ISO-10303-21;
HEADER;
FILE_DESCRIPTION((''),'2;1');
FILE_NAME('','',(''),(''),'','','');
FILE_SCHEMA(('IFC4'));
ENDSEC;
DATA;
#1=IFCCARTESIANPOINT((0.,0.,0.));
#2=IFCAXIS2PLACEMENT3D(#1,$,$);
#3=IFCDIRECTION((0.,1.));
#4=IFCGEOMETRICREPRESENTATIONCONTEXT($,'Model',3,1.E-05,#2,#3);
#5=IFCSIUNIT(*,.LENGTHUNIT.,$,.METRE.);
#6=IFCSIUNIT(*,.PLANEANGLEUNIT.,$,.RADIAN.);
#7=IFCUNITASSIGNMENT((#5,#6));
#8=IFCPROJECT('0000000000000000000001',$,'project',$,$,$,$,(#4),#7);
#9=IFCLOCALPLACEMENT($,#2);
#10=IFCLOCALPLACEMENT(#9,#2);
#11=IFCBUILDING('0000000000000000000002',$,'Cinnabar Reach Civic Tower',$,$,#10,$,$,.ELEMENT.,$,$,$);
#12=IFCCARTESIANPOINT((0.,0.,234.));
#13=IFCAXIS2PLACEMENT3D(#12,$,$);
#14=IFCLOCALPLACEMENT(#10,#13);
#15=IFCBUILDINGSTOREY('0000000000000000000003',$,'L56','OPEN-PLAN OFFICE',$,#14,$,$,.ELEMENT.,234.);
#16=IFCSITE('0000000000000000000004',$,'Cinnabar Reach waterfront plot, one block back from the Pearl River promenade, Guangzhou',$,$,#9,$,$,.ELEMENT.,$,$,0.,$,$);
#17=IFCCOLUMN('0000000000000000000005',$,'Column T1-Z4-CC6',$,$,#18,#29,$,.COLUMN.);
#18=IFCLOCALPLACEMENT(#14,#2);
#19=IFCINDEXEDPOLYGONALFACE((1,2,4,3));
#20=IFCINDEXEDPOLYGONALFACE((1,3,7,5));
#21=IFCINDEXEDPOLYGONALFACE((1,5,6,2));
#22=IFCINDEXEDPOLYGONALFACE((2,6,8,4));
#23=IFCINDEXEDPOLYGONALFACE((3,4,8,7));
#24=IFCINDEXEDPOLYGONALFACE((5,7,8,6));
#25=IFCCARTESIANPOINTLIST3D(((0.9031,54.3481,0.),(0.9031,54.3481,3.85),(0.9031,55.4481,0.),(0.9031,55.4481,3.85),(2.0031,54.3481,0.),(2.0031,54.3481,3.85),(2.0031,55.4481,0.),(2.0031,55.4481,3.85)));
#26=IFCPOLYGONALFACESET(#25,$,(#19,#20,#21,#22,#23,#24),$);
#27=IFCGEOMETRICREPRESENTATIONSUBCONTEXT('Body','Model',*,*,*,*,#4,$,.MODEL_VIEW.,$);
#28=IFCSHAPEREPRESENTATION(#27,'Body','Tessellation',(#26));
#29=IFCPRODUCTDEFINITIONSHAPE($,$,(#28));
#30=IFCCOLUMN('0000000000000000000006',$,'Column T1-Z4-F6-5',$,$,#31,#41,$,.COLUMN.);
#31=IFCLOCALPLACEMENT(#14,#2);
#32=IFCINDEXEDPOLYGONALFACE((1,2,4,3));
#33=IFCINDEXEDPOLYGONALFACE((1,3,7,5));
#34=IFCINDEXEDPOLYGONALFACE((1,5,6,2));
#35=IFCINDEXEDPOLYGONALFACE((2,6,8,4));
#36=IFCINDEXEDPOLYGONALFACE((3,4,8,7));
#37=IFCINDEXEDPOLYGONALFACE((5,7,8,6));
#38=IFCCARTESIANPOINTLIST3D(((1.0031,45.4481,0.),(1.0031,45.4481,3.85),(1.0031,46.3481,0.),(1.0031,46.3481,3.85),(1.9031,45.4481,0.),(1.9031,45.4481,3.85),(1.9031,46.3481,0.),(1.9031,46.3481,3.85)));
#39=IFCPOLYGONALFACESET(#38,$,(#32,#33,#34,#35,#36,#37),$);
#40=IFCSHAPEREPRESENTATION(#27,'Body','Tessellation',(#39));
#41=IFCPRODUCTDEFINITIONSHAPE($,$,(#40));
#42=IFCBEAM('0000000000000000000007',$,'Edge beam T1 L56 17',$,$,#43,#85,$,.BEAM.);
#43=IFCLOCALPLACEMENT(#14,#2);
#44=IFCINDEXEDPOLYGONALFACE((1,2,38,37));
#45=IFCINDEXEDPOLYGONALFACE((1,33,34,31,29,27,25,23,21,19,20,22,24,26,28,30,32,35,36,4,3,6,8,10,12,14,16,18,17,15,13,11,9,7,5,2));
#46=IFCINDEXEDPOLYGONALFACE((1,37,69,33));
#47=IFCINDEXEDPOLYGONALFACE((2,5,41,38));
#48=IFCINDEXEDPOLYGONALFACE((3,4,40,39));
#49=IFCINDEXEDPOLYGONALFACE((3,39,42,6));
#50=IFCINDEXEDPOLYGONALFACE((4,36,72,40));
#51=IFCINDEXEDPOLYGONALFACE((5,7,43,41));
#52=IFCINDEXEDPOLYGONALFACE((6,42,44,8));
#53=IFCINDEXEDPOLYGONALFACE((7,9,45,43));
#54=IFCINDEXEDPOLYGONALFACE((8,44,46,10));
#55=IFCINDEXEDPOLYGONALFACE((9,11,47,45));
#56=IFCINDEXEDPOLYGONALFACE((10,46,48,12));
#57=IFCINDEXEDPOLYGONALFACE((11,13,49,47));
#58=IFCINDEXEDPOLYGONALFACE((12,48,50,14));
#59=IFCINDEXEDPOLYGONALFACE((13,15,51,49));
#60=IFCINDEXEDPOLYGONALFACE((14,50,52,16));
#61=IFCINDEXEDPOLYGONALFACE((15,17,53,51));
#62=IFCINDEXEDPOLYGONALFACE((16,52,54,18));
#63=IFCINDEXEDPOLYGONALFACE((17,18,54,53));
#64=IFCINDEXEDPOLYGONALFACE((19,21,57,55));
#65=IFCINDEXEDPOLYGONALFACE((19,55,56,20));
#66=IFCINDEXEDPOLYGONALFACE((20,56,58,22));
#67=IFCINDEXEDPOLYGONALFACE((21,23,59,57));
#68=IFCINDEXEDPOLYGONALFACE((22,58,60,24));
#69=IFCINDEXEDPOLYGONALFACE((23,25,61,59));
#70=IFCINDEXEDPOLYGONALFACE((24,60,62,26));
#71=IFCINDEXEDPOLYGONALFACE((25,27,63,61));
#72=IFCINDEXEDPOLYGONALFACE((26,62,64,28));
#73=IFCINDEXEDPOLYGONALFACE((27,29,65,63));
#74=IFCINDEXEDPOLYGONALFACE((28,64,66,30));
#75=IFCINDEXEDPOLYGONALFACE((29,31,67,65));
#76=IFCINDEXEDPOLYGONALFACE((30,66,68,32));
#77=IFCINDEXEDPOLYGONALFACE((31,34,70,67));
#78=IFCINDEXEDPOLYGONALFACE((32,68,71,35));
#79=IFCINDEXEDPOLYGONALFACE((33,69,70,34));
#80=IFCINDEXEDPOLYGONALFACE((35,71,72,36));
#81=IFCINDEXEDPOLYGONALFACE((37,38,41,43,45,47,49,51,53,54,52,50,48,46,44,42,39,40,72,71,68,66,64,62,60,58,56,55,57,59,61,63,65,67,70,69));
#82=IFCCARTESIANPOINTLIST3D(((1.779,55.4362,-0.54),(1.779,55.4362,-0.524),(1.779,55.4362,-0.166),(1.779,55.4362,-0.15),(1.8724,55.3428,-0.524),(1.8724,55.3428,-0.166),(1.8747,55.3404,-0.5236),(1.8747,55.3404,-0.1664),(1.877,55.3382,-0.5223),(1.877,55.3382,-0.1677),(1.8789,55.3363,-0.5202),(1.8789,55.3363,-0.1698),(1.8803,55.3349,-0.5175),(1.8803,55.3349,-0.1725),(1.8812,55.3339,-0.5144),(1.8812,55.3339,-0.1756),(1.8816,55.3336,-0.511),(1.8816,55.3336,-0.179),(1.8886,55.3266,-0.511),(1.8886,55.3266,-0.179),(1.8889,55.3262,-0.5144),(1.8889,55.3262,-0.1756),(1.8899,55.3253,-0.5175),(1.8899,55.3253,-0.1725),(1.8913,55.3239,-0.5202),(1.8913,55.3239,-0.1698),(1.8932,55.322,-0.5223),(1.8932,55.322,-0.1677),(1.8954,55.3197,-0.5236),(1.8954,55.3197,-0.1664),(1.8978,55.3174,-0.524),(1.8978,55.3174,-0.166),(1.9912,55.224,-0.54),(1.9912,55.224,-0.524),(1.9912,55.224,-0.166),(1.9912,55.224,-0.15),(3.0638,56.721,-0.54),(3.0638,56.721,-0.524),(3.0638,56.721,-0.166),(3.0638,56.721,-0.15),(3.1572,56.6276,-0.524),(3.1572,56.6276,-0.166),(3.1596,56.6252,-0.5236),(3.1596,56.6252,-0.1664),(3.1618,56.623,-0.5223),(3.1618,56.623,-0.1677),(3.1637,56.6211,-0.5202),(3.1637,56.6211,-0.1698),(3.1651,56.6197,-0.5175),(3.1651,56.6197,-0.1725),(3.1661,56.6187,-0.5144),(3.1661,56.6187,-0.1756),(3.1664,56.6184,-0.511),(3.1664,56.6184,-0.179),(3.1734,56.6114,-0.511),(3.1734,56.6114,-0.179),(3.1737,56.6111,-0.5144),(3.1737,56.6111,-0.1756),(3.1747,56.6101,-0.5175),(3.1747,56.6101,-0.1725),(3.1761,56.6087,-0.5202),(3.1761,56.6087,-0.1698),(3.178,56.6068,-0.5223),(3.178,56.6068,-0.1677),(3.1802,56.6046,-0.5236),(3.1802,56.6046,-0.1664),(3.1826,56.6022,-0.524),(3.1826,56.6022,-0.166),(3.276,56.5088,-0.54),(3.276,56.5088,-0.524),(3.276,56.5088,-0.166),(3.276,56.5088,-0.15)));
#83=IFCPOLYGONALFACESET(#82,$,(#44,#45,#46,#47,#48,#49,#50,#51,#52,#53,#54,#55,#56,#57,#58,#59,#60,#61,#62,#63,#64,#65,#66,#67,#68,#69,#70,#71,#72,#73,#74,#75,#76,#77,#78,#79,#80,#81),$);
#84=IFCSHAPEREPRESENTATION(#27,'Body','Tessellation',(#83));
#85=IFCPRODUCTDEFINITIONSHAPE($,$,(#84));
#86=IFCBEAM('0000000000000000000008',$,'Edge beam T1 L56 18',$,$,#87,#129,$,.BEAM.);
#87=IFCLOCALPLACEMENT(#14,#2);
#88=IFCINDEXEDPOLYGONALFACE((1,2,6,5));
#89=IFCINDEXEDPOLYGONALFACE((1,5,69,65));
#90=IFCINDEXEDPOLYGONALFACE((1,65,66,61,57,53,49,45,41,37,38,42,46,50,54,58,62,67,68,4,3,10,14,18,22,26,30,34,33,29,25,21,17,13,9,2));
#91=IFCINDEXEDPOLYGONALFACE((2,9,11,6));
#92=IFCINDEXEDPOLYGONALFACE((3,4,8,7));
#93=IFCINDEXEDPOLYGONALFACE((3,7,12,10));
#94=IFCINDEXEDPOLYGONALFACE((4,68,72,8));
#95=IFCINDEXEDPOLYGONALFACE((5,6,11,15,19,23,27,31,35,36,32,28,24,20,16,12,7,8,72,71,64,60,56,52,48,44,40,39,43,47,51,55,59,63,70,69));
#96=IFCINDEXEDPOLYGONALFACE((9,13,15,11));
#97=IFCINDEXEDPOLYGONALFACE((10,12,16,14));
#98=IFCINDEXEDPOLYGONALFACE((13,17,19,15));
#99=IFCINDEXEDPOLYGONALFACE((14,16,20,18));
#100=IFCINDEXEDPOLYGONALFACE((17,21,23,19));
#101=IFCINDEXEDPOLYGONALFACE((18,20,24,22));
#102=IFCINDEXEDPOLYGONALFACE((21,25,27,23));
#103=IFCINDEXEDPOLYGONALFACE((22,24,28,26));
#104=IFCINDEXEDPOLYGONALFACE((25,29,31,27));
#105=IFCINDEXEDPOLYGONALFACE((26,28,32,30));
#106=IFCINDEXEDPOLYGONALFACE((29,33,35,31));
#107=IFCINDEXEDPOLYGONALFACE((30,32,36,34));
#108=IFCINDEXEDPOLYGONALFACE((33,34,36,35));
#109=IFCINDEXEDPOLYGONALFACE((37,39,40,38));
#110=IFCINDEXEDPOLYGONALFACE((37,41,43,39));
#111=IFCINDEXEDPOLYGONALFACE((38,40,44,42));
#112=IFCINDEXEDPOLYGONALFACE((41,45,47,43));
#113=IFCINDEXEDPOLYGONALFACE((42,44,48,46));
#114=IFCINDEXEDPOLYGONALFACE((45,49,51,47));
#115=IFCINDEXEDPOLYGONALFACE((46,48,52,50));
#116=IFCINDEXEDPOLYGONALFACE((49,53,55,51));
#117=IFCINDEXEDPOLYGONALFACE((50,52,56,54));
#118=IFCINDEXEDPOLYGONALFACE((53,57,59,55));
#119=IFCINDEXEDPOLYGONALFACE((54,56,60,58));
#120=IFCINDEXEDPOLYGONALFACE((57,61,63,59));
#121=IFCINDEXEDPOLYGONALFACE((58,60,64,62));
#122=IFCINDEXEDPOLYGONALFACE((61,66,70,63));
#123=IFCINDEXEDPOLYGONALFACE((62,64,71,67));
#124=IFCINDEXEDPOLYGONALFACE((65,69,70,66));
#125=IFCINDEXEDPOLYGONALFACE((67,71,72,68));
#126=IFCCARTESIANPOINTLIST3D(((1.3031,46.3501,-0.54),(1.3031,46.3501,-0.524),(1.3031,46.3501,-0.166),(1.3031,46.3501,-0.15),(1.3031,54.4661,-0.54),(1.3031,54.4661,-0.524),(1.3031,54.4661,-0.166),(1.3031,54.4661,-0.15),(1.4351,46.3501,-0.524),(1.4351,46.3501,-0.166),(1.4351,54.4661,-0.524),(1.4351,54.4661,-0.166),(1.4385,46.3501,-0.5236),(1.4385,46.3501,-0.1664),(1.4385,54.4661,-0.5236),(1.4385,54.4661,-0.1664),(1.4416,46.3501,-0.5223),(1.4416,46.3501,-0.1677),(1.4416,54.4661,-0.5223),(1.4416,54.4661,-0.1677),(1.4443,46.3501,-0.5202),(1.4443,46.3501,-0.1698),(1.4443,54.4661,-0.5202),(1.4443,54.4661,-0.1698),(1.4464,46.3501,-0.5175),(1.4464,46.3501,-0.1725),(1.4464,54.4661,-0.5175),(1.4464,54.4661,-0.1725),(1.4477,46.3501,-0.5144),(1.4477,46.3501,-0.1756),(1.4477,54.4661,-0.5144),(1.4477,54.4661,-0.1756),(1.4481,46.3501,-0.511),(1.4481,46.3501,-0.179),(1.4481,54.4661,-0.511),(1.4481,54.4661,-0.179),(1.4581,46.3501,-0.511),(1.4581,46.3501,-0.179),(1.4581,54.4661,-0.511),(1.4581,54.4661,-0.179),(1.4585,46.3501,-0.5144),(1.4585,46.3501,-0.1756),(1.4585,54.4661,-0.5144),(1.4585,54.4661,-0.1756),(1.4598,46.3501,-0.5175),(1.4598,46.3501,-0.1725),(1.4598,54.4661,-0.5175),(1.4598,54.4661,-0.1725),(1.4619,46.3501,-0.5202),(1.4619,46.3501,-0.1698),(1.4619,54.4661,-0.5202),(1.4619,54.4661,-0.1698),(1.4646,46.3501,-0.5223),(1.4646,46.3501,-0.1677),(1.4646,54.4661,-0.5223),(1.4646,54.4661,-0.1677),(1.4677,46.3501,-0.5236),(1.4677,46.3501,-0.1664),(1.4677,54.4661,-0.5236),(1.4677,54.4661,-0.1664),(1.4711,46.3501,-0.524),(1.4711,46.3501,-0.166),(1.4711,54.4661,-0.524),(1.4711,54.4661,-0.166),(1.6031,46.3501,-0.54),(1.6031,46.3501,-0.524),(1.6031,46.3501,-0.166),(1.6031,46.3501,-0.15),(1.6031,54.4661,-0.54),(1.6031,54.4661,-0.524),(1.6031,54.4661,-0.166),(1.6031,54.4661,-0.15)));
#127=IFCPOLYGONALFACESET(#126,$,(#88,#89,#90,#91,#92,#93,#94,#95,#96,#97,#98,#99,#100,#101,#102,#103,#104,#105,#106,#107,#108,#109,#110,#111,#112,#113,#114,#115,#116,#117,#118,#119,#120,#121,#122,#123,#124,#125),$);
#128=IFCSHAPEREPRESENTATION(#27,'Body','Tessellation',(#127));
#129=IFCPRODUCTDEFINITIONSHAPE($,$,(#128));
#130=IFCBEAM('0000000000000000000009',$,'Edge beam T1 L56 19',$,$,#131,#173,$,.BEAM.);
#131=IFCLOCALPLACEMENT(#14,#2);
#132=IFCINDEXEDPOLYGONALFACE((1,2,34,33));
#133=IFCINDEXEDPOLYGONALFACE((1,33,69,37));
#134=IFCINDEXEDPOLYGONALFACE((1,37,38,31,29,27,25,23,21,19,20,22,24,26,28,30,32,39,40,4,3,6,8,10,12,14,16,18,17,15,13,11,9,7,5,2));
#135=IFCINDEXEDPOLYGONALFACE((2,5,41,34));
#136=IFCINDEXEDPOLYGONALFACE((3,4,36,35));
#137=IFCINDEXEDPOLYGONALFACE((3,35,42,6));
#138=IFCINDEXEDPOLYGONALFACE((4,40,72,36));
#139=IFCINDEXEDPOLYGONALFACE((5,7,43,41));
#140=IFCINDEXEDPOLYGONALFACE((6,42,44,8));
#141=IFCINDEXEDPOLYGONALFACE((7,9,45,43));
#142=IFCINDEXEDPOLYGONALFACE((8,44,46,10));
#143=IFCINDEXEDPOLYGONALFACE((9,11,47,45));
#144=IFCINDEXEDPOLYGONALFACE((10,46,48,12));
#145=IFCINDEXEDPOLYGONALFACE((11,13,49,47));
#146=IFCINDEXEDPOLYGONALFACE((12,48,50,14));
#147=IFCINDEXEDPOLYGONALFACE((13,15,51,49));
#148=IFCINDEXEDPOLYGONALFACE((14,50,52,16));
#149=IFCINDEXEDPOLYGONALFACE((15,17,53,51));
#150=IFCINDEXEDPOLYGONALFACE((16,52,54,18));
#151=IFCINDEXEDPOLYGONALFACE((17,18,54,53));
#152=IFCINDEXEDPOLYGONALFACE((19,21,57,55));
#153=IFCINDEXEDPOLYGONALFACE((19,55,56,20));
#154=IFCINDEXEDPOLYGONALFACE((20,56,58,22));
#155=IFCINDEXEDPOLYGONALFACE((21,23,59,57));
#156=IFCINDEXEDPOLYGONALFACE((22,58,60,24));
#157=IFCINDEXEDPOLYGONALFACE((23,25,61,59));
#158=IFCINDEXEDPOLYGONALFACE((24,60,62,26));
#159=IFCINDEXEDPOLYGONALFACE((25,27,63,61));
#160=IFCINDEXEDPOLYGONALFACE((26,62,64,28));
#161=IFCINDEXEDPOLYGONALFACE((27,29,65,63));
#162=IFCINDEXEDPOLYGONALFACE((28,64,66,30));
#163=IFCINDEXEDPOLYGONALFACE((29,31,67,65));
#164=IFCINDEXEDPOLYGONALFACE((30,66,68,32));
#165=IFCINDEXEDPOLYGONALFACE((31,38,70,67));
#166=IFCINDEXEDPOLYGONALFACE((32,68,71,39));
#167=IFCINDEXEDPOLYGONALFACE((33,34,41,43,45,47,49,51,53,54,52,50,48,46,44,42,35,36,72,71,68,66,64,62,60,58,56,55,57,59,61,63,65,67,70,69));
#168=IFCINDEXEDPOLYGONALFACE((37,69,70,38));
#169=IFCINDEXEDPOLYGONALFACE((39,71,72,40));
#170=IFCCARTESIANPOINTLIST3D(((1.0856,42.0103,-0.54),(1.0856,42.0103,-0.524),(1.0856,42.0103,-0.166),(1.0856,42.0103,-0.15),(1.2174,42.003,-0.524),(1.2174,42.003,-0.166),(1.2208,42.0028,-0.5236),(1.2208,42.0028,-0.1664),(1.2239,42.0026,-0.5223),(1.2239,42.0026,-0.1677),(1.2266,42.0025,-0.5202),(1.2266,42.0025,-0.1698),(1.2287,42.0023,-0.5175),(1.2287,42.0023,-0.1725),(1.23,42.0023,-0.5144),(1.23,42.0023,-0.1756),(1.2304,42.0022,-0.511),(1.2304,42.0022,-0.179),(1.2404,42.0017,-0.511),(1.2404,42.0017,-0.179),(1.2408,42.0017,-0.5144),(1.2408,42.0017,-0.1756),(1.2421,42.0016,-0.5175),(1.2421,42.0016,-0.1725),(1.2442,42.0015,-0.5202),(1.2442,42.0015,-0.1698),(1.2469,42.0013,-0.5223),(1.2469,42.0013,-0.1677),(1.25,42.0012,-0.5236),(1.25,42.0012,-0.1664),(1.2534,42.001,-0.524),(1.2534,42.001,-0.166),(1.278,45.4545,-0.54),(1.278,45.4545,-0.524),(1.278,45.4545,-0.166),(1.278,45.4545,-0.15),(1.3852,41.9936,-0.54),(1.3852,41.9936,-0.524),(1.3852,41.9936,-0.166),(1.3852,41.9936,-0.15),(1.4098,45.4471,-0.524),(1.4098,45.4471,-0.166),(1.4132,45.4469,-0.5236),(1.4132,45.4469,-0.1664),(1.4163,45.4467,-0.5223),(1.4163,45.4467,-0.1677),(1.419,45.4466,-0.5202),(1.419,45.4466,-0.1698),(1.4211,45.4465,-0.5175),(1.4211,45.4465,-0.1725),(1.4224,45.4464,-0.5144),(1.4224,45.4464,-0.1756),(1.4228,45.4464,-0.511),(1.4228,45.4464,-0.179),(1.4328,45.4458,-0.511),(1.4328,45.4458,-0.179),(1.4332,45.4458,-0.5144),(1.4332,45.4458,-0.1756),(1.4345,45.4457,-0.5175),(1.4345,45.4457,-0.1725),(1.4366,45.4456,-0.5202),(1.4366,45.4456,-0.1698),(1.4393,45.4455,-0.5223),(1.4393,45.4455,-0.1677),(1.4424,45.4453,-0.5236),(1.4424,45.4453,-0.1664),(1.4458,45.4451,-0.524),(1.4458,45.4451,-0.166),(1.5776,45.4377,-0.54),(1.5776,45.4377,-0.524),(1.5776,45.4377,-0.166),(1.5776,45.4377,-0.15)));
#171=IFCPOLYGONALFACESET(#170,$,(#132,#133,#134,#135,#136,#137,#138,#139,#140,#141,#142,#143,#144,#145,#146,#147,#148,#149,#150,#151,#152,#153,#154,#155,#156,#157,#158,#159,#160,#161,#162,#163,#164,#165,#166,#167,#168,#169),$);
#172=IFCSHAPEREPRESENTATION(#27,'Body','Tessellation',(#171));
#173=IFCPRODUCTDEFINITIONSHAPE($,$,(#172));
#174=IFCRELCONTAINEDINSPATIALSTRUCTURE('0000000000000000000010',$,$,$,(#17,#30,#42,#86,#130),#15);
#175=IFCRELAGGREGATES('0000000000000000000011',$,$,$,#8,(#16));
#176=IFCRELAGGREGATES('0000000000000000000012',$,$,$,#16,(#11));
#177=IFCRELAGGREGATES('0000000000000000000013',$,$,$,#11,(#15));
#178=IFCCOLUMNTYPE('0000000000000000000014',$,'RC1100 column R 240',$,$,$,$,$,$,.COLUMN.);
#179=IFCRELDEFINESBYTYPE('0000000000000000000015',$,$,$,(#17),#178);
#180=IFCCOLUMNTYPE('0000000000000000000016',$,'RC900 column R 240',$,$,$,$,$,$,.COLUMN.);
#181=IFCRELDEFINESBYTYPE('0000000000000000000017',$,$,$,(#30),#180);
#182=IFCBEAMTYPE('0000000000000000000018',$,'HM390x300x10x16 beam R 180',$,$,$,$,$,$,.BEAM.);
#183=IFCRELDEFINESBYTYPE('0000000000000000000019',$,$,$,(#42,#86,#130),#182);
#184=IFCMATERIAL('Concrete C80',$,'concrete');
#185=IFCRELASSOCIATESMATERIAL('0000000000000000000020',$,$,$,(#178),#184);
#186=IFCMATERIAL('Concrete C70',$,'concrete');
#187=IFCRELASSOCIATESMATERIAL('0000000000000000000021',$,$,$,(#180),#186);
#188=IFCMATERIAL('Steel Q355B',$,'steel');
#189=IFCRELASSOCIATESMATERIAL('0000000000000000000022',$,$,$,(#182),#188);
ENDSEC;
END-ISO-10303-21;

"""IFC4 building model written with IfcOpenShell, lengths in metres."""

from ifc_helpers import new_model, si_unit, direction, frame, origin, origin_2d, place, context, subcontext, project, spatial, rectangle, i_section, extrude, material, material_profile, profile_set, type_object, element, save


model = new_model("IFC4")

# Units and contexts
model_context = context("Model", 3, precision=1e-05, world=origin(), true_north=direction((0.0, 1.0)))
body_context = subcontext(model_context, "Body", "Model", "MODEL_VIEW")
ifc_project = project(units=[si_unit("LENGTHUNIT", "METRE"), si_unit("PLANEANGLEUNIT", "RADIAN")], contexts=[model_context])

# Site, building, storey
site_placement = place(None, origin())
site = spatial("IfcSite", under=ifc_project, at=site_placement, Name="Cinnabar Reach waterfront plot, one block back from the Pearl River promenade, Guangzhou", CompositionType="ELEMENT", RefElevation=0.0)
building_placement = place(site_placement, origin())
building = spatial("IfcBuilding", under=site, at=building_placement, Name="Cinnabar Reach Civic Tower", CompositionType="ELEMENT")
storey_placement = place(building_placement, frame((0.0, 0.0, 234.0)))
storey = spatial("IfcBuildingStorey", under=building, at=storey_placement, Name="L56", Description="OPEN-PLAN OFFICE", CompositionType="ELEMENT", Elevation=234.0)

# Columns
ifc_material_1 = material(Name="Concrete C80", Category="concrete")
ifc_material_profile_1 = material_profile(ifc_material_1, rectangle(XDim=1.1, YDim=1.1, at=origin_2d()), Name="RC1100")
ifc_profile_set_1 = profile_set([ifc_material_profile_1], Name="Concrete C80")
column_type_1 = type_object("IfcColumnType", Name="RC1100 column R 240", PredefinedType="COLUMN", material=ifc_profile_set_1)
column_1_placement = place(storey_placement, frame((1.4531, 54.8981, 0.0), z_axis=(0.0, 0.0, 1.0), x_axis=(1.0, 0.0, 0.0)))
element("IfcColumn", 1, at=column_1_placement, inside=storey, type_object=column_type_1, Name="Column T1-Z4-CC6", PredefinedType="COLUMN", context=body_context, shape_type="SweptSolid", body=[
    extrude(rectangle(XDim=1.1, YDim=1.1, at=origin_2d()), origin(), (0.0, 0.0, 1.0), 3.85),
])
ifc_material_2 = material(Name="Concrete C70", Category="concrete")
ifc_material_profile_2 = material_profile(ifc_material_2, rectangle(XDim=0.9, YDim=0.9, at=origin_2d()), Name="RC900")
ifc_profile_set_2 = profile_set([ifc_material_profile_2], Name="Concrete C70")
column_type_2 = type_object("IfcColumnType", Name="RC900 column R 240", PredefinedType="COLUMN", material=ifc_profile_set_2)
column_2_placement = place(storey_placement, frame((1.4531, 45.8981, 0.0), z_axis=(0.0, 0.0, 1.0), x_axis=(1.0, 0.0, 0.0)))
element("IfcColumn", 2, at=column_2_placement, inside=storey, type_object=column_type_2, Name="Column T1-Z4-F6-5", PredefinedType="COLUMN", context=body_context, shape_type="SweptSolid", body=[
    extrude(rectangle(XDim=0.9, YDim=0.9, at=origin_2d()), origin(), (0.0, 0.0, 1.0), 3.85),
])

# Beams
ifc_material_3 = material(Name="Steel Q355B", Category="steel")
ifc_material_profile_3 = material_profile(ifc_material_3, i_section(OverallWidth=0.3, OverallDepth=0.39, WebThickness=0.01, FlangeThickness=0.016, FilletRadius=0.013, at=origin_2d()), Name="HM390x300x10x16")
ifc_profile_set_3 = profile_set([ifc_material_profile_3], Name="Steel Q355B")
beam_type_1 = type_object("IfcBeamType", Name="HM390x300x10x16 beam R 180", PredefinedType="BEAM", material=ifc_profile_set_3)
beam_1_placement = place(storey_placement, frame((3.1699, 56.6149, -0.345), z_axis=(-0.707107, -0.707107, 0.0), x_axis=(0.707107, -0.707107, 0.0)))
element("IfcBeam", 3, at=beam_1_placement, inside=storey, type_object=beam_type_1, Name="Edge beam T1 L56 17", PredefinedType="BEAM", context=body_context, shape_type="SweptSolid", body=[
    extrude(i_section(OverallWidth=0.3, OverallDepth=0.39, WebThickness=0.01, FlangeThickness=0.016, FilletRadius=0.013, at=origin_2d()), origin(), (0.0, 0.0, 1.0), 1.817),
])
beam_2_placement = place(storey_placement, frame((1.4531, 54.4661, -0.345), z_axis=(0.0, -1.0, 0.0), x_axis=(1.0, 0.0, 0.0)))
element("IfcBeam", 4, at=beam_2_placement, inside=storey, type_object=beam_type_1, Name="Edge beam T1 L56 18", PredefinedType="BEAM", context=body_context, shape_type="SweptSolid", body=[
    extrude(i_section(OverallWidth=0.3, OverallDepth=0.39, WebThickness=0.01, FlangeThickness=0.016, FilletRadius=0.013, at=origin_2d()), origin(), (0.0, 0.0, 1.0), 8.116),
])
beam_3_placement = place(storey_placement, frame((1.4278, 45.4461, -0.345), z_axis=(-0.055777, -0.998443, 0.0), x_axis=(0.998443, -0.055777, 0.0)))
element("IfcBeam", 5, at=beam_3_placement, inside=storey, type_object=beam_type_1, Name="Edge beam T1 L56 19", PredefinedType="BEAM", context=body_context, shape_type="SweptSolid", body=[
    extrude(i_section(OverallWidth=0.3, OverallDepth=0.39, WebThickness=0.01, FlangeThickness=0.016, FilletRadius=0.013, at=origin_2d()), origin(), (0.0, 0.0, 1.0), 3.4495),
])

save(model, "model.ifc")
